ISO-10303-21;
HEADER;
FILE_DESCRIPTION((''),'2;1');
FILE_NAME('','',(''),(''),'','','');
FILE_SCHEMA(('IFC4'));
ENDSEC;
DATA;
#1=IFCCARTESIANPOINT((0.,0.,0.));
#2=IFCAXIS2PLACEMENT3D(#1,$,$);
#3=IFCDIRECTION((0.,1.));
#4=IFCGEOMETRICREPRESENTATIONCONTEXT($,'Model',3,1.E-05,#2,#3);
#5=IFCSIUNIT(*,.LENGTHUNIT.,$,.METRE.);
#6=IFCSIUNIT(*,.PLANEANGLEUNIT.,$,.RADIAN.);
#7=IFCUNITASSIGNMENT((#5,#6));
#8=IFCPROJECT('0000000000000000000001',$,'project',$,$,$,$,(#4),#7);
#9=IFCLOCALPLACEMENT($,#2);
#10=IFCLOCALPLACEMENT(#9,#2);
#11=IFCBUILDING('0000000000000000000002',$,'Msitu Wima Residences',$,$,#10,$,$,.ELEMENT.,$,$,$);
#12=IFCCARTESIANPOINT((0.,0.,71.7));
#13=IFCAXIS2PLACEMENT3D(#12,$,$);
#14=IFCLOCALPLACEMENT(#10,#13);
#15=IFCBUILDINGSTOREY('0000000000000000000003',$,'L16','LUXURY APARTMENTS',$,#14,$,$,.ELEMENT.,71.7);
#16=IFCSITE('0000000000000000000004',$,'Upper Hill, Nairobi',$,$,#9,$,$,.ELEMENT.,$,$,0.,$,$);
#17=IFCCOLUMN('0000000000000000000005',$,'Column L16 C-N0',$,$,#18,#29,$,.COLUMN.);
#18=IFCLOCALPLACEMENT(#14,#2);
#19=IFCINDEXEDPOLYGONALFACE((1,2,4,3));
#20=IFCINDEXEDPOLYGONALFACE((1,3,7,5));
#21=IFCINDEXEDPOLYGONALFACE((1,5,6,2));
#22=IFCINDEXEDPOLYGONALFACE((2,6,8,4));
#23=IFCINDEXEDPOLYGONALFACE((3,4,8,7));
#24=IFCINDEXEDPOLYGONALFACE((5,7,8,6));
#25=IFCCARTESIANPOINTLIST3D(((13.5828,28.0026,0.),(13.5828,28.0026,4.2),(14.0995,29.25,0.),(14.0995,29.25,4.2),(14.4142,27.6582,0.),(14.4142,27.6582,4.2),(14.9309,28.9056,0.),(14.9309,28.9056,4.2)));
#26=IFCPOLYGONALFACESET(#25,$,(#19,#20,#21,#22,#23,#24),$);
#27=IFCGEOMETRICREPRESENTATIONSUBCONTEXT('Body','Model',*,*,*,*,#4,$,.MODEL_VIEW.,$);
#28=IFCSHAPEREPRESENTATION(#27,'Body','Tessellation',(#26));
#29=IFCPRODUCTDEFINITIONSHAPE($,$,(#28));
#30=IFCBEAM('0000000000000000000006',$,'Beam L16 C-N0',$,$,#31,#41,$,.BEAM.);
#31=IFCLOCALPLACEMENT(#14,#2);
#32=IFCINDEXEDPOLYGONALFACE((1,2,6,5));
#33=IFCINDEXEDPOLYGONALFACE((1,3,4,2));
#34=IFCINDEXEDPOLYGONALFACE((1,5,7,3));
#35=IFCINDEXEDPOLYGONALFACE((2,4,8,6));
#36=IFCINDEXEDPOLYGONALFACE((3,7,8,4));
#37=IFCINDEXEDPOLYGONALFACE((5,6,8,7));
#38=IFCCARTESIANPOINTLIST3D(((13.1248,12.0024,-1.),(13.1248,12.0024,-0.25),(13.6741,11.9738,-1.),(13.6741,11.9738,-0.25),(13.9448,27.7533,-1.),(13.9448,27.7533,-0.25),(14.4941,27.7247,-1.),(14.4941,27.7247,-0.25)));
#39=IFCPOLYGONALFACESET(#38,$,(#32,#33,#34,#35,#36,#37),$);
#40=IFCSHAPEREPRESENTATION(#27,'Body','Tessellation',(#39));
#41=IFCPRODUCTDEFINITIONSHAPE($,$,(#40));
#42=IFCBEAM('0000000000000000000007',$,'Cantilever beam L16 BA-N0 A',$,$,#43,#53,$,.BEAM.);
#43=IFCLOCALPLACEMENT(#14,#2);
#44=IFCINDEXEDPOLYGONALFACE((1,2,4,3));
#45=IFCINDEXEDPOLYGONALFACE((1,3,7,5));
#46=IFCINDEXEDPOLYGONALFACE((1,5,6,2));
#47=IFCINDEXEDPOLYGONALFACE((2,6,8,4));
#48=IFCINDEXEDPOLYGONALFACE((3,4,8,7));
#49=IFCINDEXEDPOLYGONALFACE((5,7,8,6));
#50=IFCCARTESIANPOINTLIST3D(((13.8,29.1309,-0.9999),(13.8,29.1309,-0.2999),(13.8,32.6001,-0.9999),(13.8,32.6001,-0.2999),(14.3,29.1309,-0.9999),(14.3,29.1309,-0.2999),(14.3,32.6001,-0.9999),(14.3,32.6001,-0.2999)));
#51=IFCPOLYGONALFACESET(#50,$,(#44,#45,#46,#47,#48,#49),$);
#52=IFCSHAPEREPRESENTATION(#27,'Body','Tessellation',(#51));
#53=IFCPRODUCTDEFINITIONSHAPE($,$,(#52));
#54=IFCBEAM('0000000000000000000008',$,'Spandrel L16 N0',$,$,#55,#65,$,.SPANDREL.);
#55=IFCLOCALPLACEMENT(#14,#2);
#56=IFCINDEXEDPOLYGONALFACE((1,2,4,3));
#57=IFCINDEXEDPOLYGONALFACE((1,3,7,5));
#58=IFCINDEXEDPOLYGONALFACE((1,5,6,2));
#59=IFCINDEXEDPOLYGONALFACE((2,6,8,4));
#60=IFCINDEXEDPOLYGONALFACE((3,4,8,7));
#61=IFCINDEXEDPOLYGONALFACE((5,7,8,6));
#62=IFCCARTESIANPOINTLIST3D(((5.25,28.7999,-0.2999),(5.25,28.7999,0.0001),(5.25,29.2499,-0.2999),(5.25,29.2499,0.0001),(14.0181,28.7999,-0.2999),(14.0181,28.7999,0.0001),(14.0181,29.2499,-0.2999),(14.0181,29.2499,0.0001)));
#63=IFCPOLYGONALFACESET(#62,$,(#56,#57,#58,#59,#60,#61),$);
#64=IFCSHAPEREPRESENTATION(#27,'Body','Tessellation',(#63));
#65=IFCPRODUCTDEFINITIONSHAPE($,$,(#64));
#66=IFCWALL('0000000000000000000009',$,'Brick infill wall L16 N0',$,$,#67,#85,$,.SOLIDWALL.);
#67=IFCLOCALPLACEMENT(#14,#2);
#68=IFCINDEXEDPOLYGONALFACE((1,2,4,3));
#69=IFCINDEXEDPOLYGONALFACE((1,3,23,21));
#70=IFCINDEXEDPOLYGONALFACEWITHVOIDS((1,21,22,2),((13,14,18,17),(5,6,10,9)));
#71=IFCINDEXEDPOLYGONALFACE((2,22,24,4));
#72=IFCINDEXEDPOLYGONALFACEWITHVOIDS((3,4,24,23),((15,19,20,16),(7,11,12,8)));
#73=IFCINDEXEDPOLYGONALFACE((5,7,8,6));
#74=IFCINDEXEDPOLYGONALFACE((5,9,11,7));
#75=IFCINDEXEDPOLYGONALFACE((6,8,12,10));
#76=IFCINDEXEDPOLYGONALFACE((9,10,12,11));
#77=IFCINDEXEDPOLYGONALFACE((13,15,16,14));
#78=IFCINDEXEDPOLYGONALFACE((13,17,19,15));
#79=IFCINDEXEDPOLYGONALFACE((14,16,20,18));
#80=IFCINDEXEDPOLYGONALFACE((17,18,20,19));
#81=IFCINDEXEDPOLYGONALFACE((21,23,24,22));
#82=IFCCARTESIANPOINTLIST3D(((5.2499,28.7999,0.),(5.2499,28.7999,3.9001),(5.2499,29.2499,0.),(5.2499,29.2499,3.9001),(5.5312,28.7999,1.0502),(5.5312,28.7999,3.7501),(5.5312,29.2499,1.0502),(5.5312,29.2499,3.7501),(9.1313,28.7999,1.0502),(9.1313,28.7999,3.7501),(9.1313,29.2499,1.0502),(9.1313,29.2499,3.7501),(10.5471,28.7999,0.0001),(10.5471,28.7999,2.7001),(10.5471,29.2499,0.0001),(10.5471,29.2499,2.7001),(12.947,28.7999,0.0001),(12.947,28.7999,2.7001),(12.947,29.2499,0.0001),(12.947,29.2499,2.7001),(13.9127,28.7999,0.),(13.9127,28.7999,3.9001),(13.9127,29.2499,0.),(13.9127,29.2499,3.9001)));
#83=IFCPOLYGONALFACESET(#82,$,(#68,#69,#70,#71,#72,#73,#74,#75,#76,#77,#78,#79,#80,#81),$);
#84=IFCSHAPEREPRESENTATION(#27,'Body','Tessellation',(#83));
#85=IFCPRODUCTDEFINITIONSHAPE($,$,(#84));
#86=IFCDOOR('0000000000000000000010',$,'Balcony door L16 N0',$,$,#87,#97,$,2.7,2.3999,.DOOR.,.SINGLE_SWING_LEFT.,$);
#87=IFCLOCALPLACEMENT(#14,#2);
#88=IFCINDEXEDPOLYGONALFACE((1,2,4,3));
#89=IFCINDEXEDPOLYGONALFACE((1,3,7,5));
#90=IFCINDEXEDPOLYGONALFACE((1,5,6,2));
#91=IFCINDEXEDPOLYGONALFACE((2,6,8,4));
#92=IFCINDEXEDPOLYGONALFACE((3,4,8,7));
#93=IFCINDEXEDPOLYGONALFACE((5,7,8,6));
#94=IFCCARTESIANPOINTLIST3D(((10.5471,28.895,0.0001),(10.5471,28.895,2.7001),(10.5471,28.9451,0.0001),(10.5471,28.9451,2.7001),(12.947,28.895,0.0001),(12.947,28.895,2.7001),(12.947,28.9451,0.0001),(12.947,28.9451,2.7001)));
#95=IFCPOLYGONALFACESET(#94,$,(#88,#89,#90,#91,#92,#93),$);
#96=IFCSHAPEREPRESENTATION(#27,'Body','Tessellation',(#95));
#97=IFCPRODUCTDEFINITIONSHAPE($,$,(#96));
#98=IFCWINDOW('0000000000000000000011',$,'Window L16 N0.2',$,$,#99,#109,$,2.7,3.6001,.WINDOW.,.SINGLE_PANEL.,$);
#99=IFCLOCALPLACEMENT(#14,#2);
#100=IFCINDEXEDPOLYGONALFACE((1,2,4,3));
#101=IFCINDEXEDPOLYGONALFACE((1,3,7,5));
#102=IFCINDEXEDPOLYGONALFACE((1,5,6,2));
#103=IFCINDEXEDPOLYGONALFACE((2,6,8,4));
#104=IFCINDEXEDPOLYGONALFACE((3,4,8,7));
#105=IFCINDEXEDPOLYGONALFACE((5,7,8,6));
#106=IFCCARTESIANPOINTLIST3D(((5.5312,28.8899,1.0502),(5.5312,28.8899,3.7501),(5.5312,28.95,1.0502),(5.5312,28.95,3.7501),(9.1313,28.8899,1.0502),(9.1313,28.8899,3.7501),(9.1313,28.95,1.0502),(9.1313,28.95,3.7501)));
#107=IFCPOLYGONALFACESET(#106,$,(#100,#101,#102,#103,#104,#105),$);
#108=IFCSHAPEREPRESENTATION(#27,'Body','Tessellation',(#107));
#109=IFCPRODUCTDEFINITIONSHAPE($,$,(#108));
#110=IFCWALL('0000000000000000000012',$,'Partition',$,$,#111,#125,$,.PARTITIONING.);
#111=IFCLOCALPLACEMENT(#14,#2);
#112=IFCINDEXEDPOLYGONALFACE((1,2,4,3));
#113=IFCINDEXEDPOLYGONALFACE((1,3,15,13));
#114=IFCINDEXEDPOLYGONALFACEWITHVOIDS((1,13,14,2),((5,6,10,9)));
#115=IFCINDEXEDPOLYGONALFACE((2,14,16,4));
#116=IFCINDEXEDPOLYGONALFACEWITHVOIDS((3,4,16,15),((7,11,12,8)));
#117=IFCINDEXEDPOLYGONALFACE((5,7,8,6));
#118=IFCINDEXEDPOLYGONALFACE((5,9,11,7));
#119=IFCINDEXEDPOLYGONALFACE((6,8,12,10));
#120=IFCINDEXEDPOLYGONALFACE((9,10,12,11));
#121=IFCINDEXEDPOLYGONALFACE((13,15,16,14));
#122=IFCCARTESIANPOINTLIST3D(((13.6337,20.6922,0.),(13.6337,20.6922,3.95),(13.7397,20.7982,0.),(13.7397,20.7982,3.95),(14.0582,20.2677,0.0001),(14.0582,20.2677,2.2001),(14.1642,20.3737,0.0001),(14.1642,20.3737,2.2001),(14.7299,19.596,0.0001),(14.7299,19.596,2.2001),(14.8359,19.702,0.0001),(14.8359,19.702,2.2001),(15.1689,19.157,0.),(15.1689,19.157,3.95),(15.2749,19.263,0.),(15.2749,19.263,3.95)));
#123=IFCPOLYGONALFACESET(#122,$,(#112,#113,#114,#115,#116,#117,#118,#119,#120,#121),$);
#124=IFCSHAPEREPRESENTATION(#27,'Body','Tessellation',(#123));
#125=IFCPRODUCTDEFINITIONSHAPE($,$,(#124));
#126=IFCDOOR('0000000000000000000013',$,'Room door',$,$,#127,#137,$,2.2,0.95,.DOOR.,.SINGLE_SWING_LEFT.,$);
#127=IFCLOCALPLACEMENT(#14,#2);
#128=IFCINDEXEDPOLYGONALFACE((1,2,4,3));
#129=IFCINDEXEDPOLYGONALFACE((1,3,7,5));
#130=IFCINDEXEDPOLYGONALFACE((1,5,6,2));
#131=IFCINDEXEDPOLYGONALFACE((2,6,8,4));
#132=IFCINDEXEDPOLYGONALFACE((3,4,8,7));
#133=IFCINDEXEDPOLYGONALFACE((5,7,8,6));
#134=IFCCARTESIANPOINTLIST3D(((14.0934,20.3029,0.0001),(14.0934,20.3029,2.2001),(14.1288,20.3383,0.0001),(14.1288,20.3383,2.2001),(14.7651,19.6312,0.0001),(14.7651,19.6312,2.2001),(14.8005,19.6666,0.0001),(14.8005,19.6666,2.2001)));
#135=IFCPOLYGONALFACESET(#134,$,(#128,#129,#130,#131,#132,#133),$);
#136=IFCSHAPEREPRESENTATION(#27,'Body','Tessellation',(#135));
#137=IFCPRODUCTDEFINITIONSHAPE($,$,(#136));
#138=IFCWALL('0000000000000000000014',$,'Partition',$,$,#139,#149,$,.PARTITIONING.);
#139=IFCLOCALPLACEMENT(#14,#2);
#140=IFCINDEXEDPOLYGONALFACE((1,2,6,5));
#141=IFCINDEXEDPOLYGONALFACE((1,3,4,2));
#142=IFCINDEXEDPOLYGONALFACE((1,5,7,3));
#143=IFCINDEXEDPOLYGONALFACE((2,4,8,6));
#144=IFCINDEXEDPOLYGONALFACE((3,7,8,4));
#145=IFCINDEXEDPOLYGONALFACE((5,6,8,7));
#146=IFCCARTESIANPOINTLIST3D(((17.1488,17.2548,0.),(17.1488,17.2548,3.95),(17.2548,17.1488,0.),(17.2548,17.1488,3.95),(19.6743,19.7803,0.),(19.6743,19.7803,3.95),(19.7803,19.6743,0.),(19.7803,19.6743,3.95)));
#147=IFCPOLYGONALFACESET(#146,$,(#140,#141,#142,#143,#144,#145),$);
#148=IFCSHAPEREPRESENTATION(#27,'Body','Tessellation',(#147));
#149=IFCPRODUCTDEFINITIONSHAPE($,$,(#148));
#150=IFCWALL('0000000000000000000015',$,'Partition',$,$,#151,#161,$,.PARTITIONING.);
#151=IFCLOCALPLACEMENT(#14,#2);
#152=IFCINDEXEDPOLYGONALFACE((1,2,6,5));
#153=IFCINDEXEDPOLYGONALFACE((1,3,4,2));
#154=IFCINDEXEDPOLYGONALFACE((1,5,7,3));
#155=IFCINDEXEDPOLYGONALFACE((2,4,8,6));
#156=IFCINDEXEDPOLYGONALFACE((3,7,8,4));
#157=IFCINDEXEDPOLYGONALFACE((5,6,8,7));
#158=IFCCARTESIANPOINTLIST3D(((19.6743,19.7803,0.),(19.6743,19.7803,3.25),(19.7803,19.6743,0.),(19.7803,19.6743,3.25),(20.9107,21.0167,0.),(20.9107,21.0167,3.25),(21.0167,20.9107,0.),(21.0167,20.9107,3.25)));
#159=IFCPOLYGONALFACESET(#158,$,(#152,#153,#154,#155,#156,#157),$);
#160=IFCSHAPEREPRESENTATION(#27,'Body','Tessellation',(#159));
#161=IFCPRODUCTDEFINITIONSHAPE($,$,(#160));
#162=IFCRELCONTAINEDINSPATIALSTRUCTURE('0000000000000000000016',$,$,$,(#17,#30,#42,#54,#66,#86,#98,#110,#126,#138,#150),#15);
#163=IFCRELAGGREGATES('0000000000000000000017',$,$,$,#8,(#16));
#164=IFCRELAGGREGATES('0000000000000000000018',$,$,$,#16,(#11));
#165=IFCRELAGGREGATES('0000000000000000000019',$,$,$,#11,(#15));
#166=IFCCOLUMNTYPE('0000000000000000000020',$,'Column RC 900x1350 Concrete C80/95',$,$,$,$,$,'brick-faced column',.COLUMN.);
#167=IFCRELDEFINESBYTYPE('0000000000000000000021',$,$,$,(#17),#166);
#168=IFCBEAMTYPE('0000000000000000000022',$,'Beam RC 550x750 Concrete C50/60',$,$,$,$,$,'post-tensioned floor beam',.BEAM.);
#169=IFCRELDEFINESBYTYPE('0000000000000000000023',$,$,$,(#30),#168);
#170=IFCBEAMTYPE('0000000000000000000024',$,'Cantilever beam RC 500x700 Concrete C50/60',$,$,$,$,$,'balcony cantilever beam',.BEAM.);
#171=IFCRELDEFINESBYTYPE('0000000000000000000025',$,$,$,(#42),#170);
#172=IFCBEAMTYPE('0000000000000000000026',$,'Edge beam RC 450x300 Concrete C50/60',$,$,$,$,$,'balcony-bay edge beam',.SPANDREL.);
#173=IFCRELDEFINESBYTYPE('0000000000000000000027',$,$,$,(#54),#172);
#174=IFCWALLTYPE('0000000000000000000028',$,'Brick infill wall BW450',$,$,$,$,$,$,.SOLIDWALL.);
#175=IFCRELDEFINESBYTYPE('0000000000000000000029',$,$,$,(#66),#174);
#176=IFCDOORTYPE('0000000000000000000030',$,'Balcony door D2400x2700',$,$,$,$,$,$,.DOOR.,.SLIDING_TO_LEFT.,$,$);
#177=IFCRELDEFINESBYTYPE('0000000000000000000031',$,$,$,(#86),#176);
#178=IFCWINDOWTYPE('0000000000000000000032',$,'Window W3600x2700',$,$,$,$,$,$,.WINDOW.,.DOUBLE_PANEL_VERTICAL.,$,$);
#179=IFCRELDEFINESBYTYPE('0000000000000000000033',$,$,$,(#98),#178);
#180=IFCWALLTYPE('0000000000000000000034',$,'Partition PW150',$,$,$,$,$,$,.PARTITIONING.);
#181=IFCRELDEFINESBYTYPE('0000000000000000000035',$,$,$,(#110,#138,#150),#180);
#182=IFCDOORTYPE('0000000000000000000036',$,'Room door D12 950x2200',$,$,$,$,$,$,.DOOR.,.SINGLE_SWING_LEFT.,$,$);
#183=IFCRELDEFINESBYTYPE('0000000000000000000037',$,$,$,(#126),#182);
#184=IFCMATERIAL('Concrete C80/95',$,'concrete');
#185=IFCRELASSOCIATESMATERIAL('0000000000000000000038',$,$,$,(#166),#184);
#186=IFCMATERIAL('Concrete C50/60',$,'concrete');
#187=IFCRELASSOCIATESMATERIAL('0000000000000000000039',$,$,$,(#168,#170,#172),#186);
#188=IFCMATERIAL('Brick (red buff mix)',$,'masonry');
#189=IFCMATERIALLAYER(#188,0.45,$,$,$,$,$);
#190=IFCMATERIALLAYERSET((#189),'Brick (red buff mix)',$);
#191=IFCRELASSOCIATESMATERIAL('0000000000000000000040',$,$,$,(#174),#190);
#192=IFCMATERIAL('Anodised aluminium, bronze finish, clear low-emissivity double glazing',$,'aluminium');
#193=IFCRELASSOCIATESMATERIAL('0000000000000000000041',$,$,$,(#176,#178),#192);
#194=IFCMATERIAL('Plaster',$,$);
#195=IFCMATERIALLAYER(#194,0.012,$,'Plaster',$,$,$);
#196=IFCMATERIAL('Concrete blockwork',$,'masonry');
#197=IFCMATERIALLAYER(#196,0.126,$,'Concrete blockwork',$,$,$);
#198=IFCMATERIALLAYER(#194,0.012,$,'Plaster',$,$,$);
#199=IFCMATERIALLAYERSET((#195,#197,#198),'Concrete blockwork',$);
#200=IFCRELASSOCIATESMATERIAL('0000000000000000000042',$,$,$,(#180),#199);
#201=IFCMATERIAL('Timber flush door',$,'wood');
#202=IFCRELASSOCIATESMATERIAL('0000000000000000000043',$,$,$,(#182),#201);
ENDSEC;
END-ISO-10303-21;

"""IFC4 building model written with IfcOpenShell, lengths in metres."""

from ifc_helpers import new_model, si_unit, direction, frame, frame_2d, origin, origin_2d, place, context, subcontext, project, spatial, rectangle, extrude, material, layer, layer_set, material_profile, profile_set, type_object, element, fill, save


model = new_model("IFC4")

# Units and contexts
model_context = context("Model", 3, precision=1e-05, world=origin(), true_north=direction((0.0, 1.0)))
body_context = subcontext(model_context, "Body", "Model", "MODEL_VIEW")
ifc_project = project(units=[si_unit("LENGTHUNIT", "METRE"), si_unit("PLANEANGLEUNIT", "RADIAN")], contexts=[model_context])

# Site, building, storey
site_placement = place(None, origin())
site = spatial("IfcSite", under=ifc_project, at=site_placement, Name="Upper Hill, Nairobi", CompositionType="ELEMENT", RefElevation=0.0)
building_placement = place(site_placement, origin())
building = spatial("IfcBuilding", under=site, at=building_placement, Name="Msitu Wima Residences", CompositionType="ELEMENT")
storey_placement = place(building_placement, frame((0.0, 0.0, 71.7)))
storey = spatial("IfcBuildingStorey", under=building, at=storey_placement, Name="L16", Description="LUXURY APARTMENTS", CompositionType="ELEMENT", Elevation=71.7)

# Column
ifc_material_1 = material(Name="Concrete C80/95", Category="concrete")
ifc_material_profile_1 = material_profile(ifc_material_1, rectangle(XDim=0.8999, YDim=1.3501, at=origin_2d()), Name="RC 900x1350")
ifc_profile_set_1 = profile_set([ifc_material_profile_1], Name="Concrete C80/95")
column_type = type_object("IfcColumnType", Name="Column RC 900x1350 Concrete C80/95", ElementType="brick-faced column", PredefinedType="COLUMN", material=ifc_profile_set_1)
column_placement = place(storey_placement, frame((14.2568, 28.4541, 0.0), z_axis=(0.0, 0.0, 1.0), x_axis=(-0.92388, 0.382683, 0.0)))
element("IfcColumn", 1, at=column_placement, inside=storey, type_object=column_type, Name="Column L16 C-N0", PredefinedType="COLUMN", context=body_context, shape_type="SweptSolid", body=[
    extrude(rectangle(XDim=0.8999, YDim=1.3501, at=origin_2d()), origin(), (0.0, 0.0, 1.0), 4.2),
])

# Beams
ifc_material_2 = material(Name="Concrete C50/60", Category="concrete")
ifc_material_profile_2 = material_profile(ifc_material_2, rectangle(XDim=0.55, YDim=0.75, at=origin_2d()), Name="RC 550x750")
ifc_profile_set_2 = profile_set([ifc_material_profile_2], Name="Concrete C50/60")
beam_type_1 = type_object("IfcBeamType", Name="Beam RC 550x750 Concrete C50/60", ElementType="post-tensioned floor beam", PredefinedType="BEAM", material=ifc_profile_set_2)
beam_1_placement = place(storey_placement, frame((14.2195, 27.739, -0.625), z_axis=(-0.051994, -0.998647, 0.0), x_axis=(0.998647, -0.051994, 0.0)))
element("IfcBeam", 2, at=beam_1_placement, inside=storey, type_object=beam_type_1, Name="Beam L16 C-N0", PredefinedType="BEAM", context=body_context, shape_type="SweptSolid", body=[
    extrude(rectangle(XDim=0.55, YDim=0.75, at=origin_2d()), origin(), (0.0, 0.0, 1.0), 15.7722),
])
ifc_material_profile_3 = material_profile(ifc_material_2, rectangle(XDim=0.5, YDim=0.7, at=origin_2d()), Name="RC 500x700")
ifc_profile_set_3 = profile_set([ifc_material_profile_3], Name="Concrete C50/60")
beam_type_2 = type_object("IfcBeamType", Name="Cantilever beam RC 500x700 Concrete C50/60", ElementType="balcony cantilever beam", PredefinedType="BEAM", material=ifc_profile_set_3)
beam_2_placement = place(storey_placement, frame((14.05, 29.1309, -0.6499), z_axis=(0.0, 1.0, 0.0), x_axis=(-1.0, 0.0, 0.0)))
element("IfcBeam", 3, at=beam_2_placement, inside=storey, type_object=beam_type_2, Name="Cantilever beam L16 BA-N0 A", PredefinedType="BEAM", context=body_context, shape_type="SweptSolid", body=[
    extrude(rectangle(XDim=0.5, YDim=0.7, at=origin_2d()), origin(), (0.0, 0.0, 1.0), 3.4692),
])
ifc_material_profile_4 = material_profile(ifc_material_2, rectangle(XDim=0.45, YDim=0.3, at=origin_2d()), Name="RC 450x300")
ifc_profile_set_4 = profile_set([ifc_material_profile_4], Name="Concrete C50/60")
beam_type_3 = type_object("IfcBeamType", Name="Edge beam RC 450x300 Concrete C50/60", ElementType="balcony-bay edge beam", PredefinedType="SPANDREL", material=ifc_profile_set_4)
beam_3_placement = place(storey_placement, frame((14.0181, 29.0249, -0.1499), z_axis=(-1.0, 0.0, 0.0), x_axis=(0.0, -1.0, 0.0)))
element("IfcBeam", 4, at=beam_3_placement, inside=storey, type_object=beam_type_3, Name="Spandrel L16 N0", PredefinedType="SPANDREL", context=body_context, shape_type="SweptSolid", body=[
    extrude(rectangle(XDim=0.45, YDim=0.3, at=origin_2d()), origin(), (0.0, 0.0, 1.0), 8.7681),
])

# Wall, openings, door, window
ifc_material_3 = material(Name="Brick (red buff mix)", Category="masonry")
ifc_layer_1 = layer(ifc_material_3, 0.45)
ifc_layer_set_1 = layer_set([ifc_layer_1], Name="Brick (red buff mix)")
wall_type_1 = type_object("IfcWallType", Name="Brick infill wall BW450", PredefinedType="SOLIDWALL", material=ifc_layer_set_1)
wall_1_placement = place(storey_placement, frame((13.9128, 29.0249, 0.0), z_axis=(0.0, 0.0, 1.0), x_axis=(-1.0, 0.0, 0.0)))
wall_1 = element("IfcWall", 5, at=wall_1_placement, inside=storey, type_object=wall_type_1, Name="Brick infill wall L16 N0", PredefinedType="SOLIDWALL", context=body_context, shape_type="SweptSolid", body=[
    extrude(rectangle(XDim=8.6628, YDim=0.45, at=frame_2d((4.3315, 0.0))), origin(), (0.0, 0.0, 1.0), 3.9001),
])
opening_1_placement = place(wall_1_placement, frame((0.9658, 0.0, 0.0)))
opening_1 = element("IfcOpeningElement", 6, at=opening_1_placement, cuts=wall_1, PredefinedType="OPENING", context=body_context, shape_type="SweptSolid", body=[
    extrude(rectangle(XDim=2.3999, YDim=2.7, at=frame_2d((1.2, 1.3501))), frame((0.0, 0.2349, 0.0), z_axis=(0.0, -1.0, 0.0), x_axis=(1.0, 0.0, 0.0)), (0.0, 0.0, 1.0), 0.47),
])
opening_2_placement = place(wall_1_placement, frame((4.7815, 0.0, 1.05)))
opening_2 = element("IfcOpeningElement", 7, at=opening_2_placement, cuts=wall_1, PredefinedType="OPENING", context=body_context, shape_type="SweptSolid", body=[
    extrude(rectangle(XDim=3.6001, YDim=2.7, at=frame_2d((1.8, 1.3501))), frame((0.0, 0.2349, 0.0), z_axis=(0.0, -1.0, 0.0), x_axis=(1.0, 0.0, 0.0)), (0.0, 0.0, 1.0), 0.47),
])
ifc_material_4 = material(Name="Anodised aluminium, bronze finish, clear low-emissivity double glazing", Category="aluminium")
door_type_1 = type_object("IfcDoorType", Name="Balcony door D2400x2700", OperationType="SLIDING_TO_LEFT", PredefinedType="DOOR", material=ifc_material_4)
door_1_placement = place(opening_1_placement, origin())
door_1 = element("IfcDoor", 8, at=door_1_placement, inside=storey, type_object=door_type_1, Name="Balcony door L16 N0", OperationType="SINGLE_SWING_LEFT", OverallHeight=2.7, OverallWidth=2.3999, PredefinedType="DOOR", context=body_context, shape_type="SweptSolid", body=[
    extrude(rectangle(XDim=2.3999, YDim=2.7, at=frame_2d((1.2, 1.3501))), frame((0.0, 0.1299, 0.0), z_axis=(0.0, -1.0, 0.0), x_axis=(1.0, 0.0, 0.0)), (0.0, 0.0, 1.0), 0.05),
])
fill(opening_1, door_1)
window_type = type_object("IfcWindowType", Name="Window W3600x2700", PartitioningType="DOUBLE_PANEL_VERTICAL", PredefinedType="WINDOW", material=ifc_material_4)
window_placement = place(opening_2_placement, origin())
window = element("IfcWindow", 9, at=window_placement, inside=storey, type_object=window_type, Name="Window L16 N0.2", OverallHeight=2.7, OverallWidth=3.6001, PartitioningType="SINGLE_PANEL", PredefinedType="WINDOW", context=body_context, shape_type="SweptSolid", body=[
    extrude(rectangle(XDim=3.6001, YDim=2.7, at=frame_2d((1.8, 1.3501))), frame((0.0, 0.135, 0.0), z_axis=(0.0, -1.0, 0.0), x_axis=(1.0, 0.0, 0.0)), (0.0, 0.0, 1.0), 0.0601),
])
fill(opening_2, window)

# Wall, opening, door
ifc_material_5 = material(Name="Plaster")
ifc_layer_2 = layer(ifc_material_5, 0.012, Name="Plaster")
ifc_material_6 = material(Name="Concrete blockwork", Category="masonry")
ifc_layer_3 = layer(ifc_material_6, 0.126, Name="Concrete blockwork")
ifc_layer_4 = layer(ifc_material_5, 0.012, Name="Plaster")
ifc_layer_set_2 = layer_set([ifc_layer_2, ifc_layer_3, ifc_layer_4], Name="Concrete blockwork")
wall_type_2 = type_object("IfcWallType", Name="Partition PW150", PredefinedType="PARTITIONING", material=ifc_layer_set_2)
wall_2_placement = place(storey_placement, frame((13.6868, 20.7451, 0.0), z_axis=(0.0, 0.0, 1.0), x_axis=(0.707107, -0.707107, 0.0)))
wall_2 = element("IfcWall", 10, at=wall_2_placement, inside=storey, type_object=wall_type_2, Name="Partition", PredefinedType="PARTITIONING", context=body_context, shape_type="SweptSolid", body=[
    extrude(rectangle(XDim=2.1711, YDim=0.1499, at=frame_2d((1.0854, 0.0))), origin(), (0.0, 0.0, 1.0), 3.95),
])
opening_3_placement = place(wall_2_placement, frame((0.6001, 0.0, 0.0)))
opening_3 = element("IfcOpeningElement", 11, at=opening_3_placement, cuts=wall_2, PredefinedType="OPENING", context=body_context, shape_type="SweptSolid", body=[
    extrude(rectangle(XDim=0.95, YDim=2.2, at=frame_2d((0.4751, 1.1001))), frame((0.0, 0.085, 0.0), z_axis=(0.0, -1.0, 0.0), x_axis=(1.0, 0.0, 0.0)), (0.0, 0.0, 1.0), 0.1699),
])
ifc_material_7 = material(Name="Timber flush door", Category="wood")
door_type_2 = type_object("IfcDoorType", Name="Room door D12 950x2200", OperationType="SINGLE_SWING_LEFT", PredefinedType="DOOR", material=ifc_material_7)
door_2_placement = place(opening_3_placement, origin())
door_2 = element("IfcDoor", 12, at=door_2_placement, inside=storey, type_object=door_type_2, Name="Room door", OperationType="SINGLE_SWING_LEFT", OverallHeight=2.2, OverallWidth=0.95, PredefinedType="DOOR", context=body_context, shape_type="SweptSolid", body=[
    extrude(rectangle(XDim=0.95, YDim=2.2, at=frame_2d((0.4751, 1.1001))), frame((0.0, 0.0249, 0.0), z_axis=(0.0, -1.0, 0.0), x_axis=(1.0, 0.0, 0.0)), (0.0, 0.0, 1.0), 0.05),
])
fill(opening_3, door_2)

# Walls
wall_3_placement = place(storey_placement, frame((17.2019, 17.2019, 0.0), z_axis=(0.0, 0.0, 1.0), x_axis=(0.707107, 0.707107, 0.0)))
element("IfcWall", 13, at=wall_3_placement, inside=storey, type_object=wall_type_2, Name="Partition", PredefinedType="PARTITIONING", context=body_context, shape_type="SweptSolid", body=[
    extrude(rectangle(XDim=3.5715, YDim=0.1499, at=frame_2d((1.7856, 0.0))), origin(), (0.0, 0.0, 1.0), 3.95),
])
wall_4_placement = place(storey_placement, frame((19.7273, 19.7273, 0.0), z_axis=(0.0, 0.0, 1.0), x_axis=(0.707107, 0.707107, 0.0)))
element("IfcWall", 14, at=wall_4_placement, inside=storey, type_object=wall_type_2, Name="Partition", PredefinedType="PARTITIONING", context=body_context, shape_type="SweptSolid", body=[
    extrude(rectangle(XDim=1.7485, YDim=0.1499, at=frame_2d((0.8743, 0.0))), origin(), (0.0, 0.0, 1.0), 3.25),
])

save(model, "model.ifc")
